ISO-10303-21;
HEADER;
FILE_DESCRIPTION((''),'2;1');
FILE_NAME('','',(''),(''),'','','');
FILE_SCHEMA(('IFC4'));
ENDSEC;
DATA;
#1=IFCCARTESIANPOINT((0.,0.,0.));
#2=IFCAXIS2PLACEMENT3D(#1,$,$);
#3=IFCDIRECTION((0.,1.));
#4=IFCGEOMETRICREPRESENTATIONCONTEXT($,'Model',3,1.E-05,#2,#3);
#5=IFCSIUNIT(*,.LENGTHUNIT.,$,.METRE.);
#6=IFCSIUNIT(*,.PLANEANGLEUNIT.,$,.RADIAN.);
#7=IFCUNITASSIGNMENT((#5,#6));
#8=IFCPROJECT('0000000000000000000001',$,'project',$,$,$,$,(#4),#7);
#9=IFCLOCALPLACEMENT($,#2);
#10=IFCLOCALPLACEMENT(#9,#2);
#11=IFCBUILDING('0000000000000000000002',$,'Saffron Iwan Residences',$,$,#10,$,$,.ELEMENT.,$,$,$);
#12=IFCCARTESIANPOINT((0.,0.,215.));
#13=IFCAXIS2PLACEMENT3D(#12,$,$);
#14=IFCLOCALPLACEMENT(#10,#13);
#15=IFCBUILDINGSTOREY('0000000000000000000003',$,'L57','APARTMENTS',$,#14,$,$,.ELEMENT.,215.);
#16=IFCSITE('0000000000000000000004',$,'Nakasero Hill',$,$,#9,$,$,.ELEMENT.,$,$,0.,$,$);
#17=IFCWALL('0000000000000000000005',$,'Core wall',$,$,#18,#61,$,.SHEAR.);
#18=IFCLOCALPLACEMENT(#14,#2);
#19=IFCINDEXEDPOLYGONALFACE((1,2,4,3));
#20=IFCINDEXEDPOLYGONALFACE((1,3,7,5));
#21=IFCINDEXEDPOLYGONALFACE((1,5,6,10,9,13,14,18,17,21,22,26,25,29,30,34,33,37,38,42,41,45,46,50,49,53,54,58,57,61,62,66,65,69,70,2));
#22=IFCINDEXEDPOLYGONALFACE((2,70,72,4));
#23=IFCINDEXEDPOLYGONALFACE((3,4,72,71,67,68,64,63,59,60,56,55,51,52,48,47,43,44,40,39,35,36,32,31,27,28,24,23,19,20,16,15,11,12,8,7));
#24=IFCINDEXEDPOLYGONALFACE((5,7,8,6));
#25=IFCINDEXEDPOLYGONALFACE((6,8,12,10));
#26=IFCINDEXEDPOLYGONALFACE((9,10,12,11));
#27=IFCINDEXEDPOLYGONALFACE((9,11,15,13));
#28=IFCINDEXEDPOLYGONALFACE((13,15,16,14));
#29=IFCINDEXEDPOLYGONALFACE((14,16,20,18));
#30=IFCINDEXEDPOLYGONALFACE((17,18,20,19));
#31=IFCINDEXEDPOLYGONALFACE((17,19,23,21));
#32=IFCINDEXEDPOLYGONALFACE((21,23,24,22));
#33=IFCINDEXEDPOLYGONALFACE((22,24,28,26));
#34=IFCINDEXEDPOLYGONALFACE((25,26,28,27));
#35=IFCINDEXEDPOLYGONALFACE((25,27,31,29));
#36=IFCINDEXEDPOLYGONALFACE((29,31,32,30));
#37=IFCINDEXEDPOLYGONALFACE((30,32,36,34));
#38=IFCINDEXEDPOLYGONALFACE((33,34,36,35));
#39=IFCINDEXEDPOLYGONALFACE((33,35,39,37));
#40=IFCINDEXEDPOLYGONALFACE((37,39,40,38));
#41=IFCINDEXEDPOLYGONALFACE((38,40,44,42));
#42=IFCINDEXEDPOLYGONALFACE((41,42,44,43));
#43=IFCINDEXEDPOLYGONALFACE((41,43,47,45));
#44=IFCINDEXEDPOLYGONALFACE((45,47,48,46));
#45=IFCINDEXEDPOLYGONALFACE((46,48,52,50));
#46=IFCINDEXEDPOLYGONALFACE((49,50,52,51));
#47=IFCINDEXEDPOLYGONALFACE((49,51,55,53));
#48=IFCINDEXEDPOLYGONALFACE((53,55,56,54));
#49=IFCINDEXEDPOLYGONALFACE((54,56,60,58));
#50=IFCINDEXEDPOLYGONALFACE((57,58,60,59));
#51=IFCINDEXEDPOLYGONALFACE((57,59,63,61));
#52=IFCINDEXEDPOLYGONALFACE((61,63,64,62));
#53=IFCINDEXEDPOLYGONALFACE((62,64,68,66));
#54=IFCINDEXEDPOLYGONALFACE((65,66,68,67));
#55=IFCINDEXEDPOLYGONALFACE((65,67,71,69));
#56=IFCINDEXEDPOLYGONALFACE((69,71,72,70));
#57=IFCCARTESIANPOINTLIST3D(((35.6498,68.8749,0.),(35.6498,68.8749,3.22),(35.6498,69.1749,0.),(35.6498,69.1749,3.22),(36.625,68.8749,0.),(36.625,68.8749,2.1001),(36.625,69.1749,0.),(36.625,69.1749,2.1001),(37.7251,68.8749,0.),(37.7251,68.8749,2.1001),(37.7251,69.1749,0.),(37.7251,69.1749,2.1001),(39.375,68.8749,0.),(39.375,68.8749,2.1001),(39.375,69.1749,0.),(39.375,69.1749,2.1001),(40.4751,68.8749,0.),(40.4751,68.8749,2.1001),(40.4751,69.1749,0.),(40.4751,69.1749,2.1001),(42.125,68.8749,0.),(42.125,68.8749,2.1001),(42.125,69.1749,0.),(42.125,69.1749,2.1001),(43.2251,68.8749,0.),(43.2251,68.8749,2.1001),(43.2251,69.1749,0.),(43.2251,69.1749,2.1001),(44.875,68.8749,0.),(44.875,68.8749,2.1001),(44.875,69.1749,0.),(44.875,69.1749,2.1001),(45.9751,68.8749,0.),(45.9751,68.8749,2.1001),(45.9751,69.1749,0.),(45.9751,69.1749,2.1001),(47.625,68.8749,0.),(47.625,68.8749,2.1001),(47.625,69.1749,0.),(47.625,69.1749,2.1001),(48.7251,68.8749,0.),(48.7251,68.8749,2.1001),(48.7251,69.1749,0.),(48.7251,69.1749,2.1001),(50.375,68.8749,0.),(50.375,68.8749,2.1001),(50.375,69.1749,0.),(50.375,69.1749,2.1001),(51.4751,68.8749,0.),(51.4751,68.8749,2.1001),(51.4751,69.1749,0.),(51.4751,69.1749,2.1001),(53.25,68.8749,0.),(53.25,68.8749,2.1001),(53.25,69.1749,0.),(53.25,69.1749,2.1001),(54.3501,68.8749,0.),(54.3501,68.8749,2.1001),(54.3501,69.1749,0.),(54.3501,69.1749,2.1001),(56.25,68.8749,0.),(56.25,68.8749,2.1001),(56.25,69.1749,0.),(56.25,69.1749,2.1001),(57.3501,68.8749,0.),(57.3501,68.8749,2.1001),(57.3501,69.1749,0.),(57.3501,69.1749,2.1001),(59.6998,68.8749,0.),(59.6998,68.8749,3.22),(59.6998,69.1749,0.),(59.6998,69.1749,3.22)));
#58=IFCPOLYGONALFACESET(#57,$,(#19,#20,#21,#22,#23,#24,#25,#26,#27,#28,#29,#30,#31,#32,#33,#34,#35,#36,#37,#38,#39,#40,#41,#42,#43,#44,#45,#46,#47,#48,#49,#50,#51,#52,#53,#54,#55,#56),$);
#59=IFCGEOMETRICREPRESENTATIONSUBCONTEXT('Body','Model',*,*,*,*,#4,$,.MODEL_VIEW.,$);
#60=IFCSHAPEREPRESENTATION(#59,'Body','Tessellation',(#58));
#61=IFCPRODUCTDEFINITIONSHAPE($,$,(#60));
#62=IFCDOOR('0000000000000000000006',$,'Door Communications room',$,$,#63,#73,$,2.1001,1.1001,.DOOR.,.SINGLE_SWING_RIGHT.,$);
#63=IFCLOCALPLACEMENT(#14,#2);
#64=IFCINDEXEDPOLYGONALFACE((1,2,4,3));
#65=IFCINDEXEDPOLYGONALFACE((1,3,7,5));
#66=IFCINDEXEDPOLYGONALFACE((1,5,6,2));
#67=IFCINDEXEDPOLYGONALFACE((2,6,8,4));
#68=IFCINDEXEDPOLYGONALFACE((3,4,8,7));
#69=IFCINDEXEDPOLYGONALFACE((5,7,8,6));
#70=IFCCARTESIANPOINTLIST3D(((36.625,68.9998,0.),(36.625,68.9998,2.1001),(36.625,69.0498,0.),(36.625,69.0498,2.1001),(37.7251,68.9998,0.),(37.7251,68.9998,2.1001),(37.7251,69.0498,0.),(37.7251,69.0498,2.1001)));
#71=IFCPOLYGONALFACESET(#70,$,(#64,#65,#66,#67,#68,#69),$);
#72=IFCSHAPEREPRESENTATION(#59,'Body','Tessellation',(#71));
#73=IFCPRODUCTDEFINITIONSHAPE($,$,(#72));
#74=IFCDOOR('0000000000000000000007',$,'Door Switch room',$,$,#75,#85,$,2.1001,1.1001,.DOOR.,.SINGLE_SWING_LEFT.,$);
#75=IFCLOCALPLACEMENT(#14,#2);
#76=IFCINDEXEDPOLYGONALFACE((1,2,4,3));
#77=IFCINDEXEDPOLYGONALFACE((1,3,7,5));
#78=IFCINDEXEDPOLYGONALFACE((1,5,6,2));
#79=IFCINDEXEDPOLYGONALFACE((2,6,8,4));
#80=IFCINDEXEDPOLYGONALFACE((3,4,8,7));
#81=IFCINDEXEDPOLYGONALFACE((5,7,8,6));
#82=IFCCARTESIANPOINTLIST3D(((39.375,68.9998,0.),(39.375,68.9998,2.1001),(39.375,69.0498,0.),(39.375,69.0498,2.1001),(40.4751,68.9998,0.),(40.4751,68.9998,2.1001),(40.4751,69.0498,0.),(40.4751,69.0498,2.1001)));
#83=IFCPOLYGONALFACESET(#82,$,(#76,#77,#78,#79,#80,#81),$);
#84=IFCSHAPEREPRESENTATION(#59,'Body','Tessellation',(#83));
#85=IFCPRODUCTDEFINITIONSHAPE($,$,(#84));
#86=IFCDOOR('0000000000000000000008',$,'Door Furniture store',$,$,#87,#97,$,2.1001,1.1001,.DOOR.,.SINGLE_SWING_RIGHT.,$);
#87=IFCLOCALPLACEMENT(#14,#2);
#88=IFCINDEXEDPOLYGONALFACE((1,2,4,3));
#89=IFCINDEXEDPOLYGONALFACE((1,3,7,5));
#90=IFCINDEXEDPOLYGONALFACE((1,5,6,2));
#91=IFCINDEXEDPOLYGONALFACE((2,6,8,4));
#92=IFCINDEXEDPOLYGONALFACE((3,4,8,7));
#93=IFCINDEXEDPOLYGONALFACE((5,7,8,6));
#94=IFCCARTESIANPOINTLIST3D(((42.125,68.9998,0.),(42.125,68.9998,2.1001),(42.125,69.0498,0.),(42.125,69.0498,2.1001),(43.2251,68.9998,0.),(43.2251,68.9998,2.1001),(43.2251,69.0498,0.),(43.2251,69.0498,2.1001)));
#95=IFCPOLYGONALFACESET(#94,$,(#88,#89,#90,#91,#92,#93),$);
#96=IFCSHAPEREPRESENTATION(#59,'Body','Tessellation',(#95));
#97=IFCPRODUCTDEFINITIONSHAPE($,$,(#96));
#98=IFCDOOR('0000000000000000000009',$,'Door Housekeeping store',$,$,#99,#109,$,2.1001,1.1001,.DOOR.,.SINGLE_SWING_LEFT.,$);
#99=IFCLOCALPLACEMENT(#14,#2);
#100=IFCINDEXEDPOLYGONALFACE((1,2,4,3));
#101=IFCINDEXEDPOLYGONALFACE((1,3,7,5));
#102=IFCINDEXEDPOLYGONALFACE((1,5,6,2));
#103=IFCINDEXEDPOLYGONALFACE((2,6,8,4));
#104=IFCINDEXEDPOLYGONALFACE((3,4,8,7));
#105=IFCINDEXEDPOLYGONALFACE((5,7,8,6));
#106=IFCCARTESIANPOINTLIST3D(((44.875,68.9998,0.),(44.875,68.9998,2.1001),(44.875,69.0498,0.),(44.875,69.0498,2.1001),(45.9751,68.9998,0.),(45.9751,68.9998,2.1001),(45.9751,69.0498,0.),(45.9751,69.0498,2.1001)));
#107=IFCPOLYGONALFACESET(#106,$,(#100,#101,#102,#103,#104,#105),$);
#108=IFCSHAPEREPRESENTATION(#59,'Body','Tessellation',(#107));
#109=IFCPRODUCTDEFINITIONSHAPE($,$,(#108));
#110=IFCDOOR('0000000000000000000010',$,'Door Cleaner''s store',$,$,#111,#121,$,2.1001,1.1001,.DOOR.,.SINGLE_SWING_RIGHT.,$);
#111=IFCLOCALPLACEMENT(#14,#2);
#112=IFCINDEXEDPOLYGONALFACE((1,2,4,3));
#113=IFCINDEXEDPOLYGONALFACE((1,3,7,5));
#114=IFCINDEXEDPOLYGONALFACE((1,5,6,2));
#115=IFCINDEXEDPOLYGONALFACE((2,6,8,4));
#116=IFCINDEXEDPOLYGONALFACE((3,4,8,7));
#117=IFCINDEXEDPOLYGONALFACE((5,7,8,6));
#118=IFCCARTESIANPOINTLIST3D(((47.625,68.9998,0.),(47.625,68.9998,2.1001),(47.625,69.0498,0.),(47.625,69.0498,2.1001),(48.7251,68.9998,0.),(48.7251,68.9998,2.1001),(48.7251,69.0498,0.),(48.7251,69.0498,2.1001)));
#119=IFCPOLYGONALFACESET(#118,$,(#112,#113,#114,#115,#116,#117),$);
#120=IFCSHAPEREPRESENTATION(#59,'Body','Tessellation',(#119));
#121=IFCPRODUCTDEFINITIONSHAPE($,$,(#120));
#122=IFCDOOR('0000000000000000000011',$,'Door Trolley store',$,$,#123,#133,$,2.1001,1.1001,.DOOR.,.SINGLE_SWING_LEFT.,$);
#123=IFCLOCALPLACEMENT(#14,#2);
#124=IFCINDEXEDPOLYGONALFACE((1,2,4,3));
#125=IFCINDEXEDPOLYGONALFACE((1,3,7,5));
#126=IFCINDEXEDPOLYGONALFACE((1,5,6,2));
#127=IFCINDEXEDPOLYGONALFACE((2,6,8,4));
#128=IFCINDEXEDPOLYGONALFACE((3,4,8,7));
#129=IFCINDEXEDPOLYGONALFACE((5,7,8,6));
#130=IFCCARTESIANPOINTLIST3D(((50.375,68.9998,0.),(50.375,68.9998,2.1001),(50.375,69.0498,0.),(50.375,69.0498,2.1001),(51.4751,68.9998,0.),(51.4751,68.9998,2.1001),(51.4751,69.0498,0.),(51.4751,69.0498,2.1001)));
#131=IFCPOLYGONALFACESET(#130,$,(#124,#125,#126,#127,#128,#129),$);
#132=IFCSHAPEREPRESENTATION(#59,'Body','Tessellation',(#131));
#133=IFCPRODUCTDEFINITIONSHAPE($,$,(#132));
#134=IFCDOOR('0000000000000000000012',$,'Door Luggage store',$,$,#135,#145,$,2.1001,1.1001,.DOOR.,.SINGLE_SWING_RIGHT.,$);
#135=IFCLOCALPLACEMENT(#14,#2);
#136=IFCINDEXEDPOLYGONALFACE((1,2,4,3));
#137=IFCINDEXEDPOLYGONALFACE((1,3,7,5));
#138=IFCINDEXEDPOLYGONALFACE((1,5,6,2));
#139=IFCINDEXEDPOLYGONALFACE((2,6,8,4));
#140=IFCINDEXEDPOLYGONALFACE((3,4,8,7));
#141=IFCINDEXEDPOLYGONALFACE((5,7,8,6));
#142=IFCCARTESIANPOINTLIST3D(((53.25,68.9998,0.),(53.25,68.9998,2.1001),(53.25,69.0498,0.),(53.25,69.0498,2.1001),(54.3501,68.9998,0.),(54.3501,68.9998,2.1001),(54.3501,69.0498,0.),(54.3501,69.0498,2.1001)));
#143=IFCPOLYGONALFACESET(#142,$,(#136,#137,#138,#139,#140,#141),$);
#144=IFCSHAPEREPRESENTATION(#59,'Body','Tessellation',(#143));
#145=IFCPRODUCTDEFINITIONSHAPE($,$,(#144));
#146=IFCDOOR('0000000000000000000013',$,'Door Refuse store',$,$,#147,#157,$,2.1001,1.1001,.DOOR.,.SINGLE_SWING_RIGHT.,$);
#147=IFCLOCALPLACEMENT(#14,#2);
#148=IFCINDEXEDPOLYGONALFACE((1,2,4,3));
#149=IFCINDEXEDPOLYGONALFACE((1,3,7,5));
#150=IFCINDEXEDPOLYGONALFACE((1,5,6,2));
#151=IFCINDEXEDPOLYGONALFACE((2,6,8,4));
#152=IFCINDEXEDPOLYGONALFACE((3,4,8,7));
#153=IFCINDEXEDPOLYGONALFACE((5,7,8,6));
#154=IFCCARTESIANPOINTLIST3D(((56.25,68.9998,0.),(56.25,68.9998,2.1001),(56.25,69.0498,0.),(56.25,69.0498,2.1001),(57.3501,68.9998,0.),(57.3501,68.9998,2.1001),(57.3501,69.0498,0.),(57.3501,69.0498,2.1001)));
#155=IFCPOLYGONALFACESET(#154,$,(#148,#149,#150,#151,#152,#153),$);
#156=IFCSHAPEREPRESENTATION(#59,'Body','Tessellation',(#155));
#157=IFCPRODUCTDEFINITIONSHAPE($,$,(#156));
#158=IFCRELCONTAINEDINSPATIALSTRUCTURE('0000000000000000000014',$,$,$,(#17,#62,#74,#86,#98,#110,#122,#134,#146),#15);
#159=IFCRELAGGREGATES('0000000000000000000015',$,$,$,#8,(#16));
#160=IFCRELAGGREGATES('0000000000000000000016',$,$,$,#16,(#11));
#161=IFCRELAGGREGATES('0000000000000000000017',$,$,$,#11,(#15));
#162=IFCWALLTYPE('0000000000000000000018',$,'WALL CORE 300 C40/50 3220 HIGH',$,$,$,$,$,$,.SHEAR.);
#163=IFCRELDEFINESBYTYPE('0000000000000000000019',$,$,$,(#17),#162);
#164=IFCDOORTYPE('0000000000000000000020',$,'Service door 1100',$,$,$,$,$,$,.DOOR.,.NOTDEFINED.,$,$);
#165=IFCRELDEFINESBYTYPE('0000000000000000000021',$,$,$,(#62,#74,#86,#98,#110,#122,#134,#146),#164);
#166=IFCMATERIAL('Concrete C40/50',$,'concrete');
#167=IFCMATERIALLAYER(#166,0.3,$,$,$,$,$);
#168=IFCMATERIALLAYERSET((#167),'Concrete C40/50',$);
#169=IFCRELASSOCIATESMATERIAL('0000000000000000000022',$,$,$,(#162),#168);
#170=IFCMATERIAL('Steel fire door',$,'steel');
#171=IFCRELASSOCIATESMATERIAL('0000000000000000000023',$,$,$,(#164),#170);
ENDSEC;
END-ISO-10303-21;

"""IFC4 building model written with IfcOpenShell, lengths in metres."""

from ifc_helpers import new_model, si_unit, direction, frame, frame_2d, origin, place, context, subcontext, project, spatial, rectangle, extrude, material, layer, layer_set, type_object, element, fill, save


model = new_model("IFC4")

# Units and contexts
model_context = context("Model", 3, precision=1e-05, world=origin(), true_north=direction((0.0, 1.0)))
body_context = subcontext(model_context, "Body", "Model", "MODEL_VIEW")
ifc_project = project(units=[si_unit("LENGTHUNIT", "METRE"), si_unit("PLANEANGLEUNIT", "RADIAN")], contexts=[model_context])

# Site, building, storey
site_placement = place(None, origin())
site = spatial("IfcSite", under=ifc_project, at=site_placement, Name="Nakasero Hill", CompositionType="ELEMENT", RefElevation=0.0)
building_placement = place(site_placement, origin())
building = spatial("IfcBuilding", under=site, at=building_placement, Name="Saffron Iwan Residences", CompositionType="ELEMENT")
storey_placement = place(building_placement, frame((0.0, 0.0, 215.0)))
storey = spatial("IfcBuildingStorey", under=building, at=storey_placement, Name="L57", Description="APARTMENTS", CompositionType="ELEMENT", Elevation=215.0)

# Shared definitions
ifc_material_1 = material(Name="Concrete C40/50", Category="concrete")

# Wall, openings, doors
ifc_layer_1 = layer(ifc_material_1, 0.3)
ifc_layer_set_1 = layer_set([ifc_layer_1], Name="Concrete C40/50")
wall_type_1 = type_object("IfcWallType", Name="WALL CORE 300 C40/50 3220 HIGH", PredefinedType="SHEAR", material=ifc_layer_set_1)
wall_1_placement = place(storey_placement, frame((35.6499, 69.0249, 0.0), z_axis=(0.0, 0.0, 1.0), x_axis=(1.0, 0.0, 0.0)))
wall_1 = element("IfcWall", 1, at=wall_1_placement, inside=storey, type_object=wall_type_1, Name="Core wall", PredefinedType="SHEAR", context=body_context, shape_type="SweptSolid", body=[
    extrude(rectangle(XDim=24.05, YDim=0.3, at=frame_2d((12.0249, 0.0))), origin(), (0.0, 0.0, 1.0), 3.22),
])
opening_1_placement = place(wall_1_placement, frame((0.9751, 0.0, 0.0)))
opening_1 = element("IfcOpeningElement", 2, at=opening_1_placement, cuts=wall_1, PredefinedType="OPENING", context=body_context, shape_type="SweptSolid", body=[
    extrude(rectangle(XDim=1.1001, YDim=2.1001, at=frame_2d((0.55, 1.05))), frame((0.0, 0.1602, 0.0), z_axis=(0.0, -1.0, 0.0), x_axis=(1.0, 0.0, 0.0)), (0.0, 0.0, 1.0), 0.3201),
])
opening_2_placement = place(wall_1_placement, frame((3.7251, 0.0, 0.0)))
opening_2 = element("IfcOpeningElement", 3, at=opening_2_placement, cuts=wall_1, PredefinedType="OPENING", context=body_context, shape_type="SweptSolid", body=[
    extrude(rectangle(XDim=1.1001, YDim=2.1001, at=frame_2d((0.55, 1.05))), frame((0.0, 0.1602, 0.0), z_axis=(0.0, -1.0, 0.0), x_axis=(1.0, 0.0, 0.0)), (0.0, 0.0, 1.0), 0.3201),
])
opening_3_placement = place(wall_1_placement, frame((6.4751, 0.0, 0.0)))
opening_3 = element("IfcOpeningElement", 4, at=opening_3_placement, cuts=wall_1, PredefinedType="OPENING", context=body_context, shape_type="SweptSolid", body=[
    extrude(rectangle(XDim=1.1001, YDim=2.1001, at=frame_2d((0.55, 1.05))), frame((0.0, 0.1602, 0.0), z_axis=(0.0, -1.0, 0.0), x_axis=(1.0, 0.0, 0.0)), (0.0, 0.0, 1.0), 0.3201),
])
opening_4_placement = place(wall_1_placement, frame((9.2251, 0.0, 0.0)))
opening_4 = element("IfcOpeningElement", 5, at=opening_4_placement, cuts=wall_1, PredefinedType="OPENING", context=body_context, shape_type="SweptSolid", body=[
    extrude(rectangle(XDim=1.1001, YDim=2.1001, at=frame_2d((0.55, 1.05))), frame((0.0, 0.1602, 0.0), z_axis=(0.0, -1.0, 0.0), x_axis=(1.0, 0.0, 0.0)), (0.0, 0.0, 1.0), 0.3201),
])
opening_5_placement = place(wall_1_placement, frame((11.9751, 0.0, 0.0)))
opening_5 = element("IfcOpeningElement", 6, at=opening_5_placement, cuts=wall_1, PredefinedType="OPENING", context=body_context, shape_type="SweptSolid", body=[
    extrude(rectangle(XDim=1.1001, YDim=2.1001, at=frame_2d((0.55, 1.05))), frame((0.0, 0.1602, 0.0), z_axis=(0.0, -1.0, 0.0), x_axis=(1.0, 0.0, 0.0)), (0.0, 0.0, 1.0), 0.3201),
])
opening_6_placement = place(wall_1_placement, frame((14.7251, 0.0, 0.0)))
opening_6 = element("IfcOpeningElement", 7, at=opening_6_placement, cuts=wall_1, PredefinedType="OPENING", context=body_context, shape_type="SweptSolid", body=[
    extrude(rectangle(XDim=1.1001, YDim=2.1001, at=frame_2d((0.55, 1.05))), frame((0.0, 0.1602, 0.0), z_axis=(0.0, -1.0, 0.0), x_axis=(1.0, 0.0, 0.0)), (0.0, 0.0, 1.0), 0.3201),
])
opening_7_placement = place(wall_1_placement, frame((17.6001, 0.0, 0.0)))
opening_7 = element("IfcOpeningElement", 8, at=opening_7_placement, cuts=wall_1, PredefinedType="OPENING", context=body_context, shape_type="SweptSolid", body=[
    extrude(rectangle(XDim=1.1001, YDim=2.1001, at=frame_2d((0.55, 1.05))), frame((0.0, 0.1602, 0.0), z_axis=(0.0, -1.0, 0.0), x_axis=(1.0, 0.0, 0.0)), (0.0, 0.0, 1.0), 0.3201),
])
opening_8_placement = place(wall_1_placement, frame((20.6001, 0.0, 0.0)))
opening_8 = element("IfcOpeningElement", 9, at=opening_8_placement, cuts=wall_1, PredefinedType="OPENING", context=body_context, shape_type="SweptSolid", body=[
    extrude(rectangle(XDim=1.1001, YDim=2.1001, at=frame_2d((0.55, 1.05))), frame((0.0, 0.1602, 0.0), z_axis=(0.0, -1.0, 0.0), x_axis=(1.0, 0.0, 0.0)), (0.0, 0.0, 1.0), 0.3201),
])
ifc_material_2 = material(Name="Steel fire door", Category="steel")
door_type = type_object("IfcDoorType", Name="Service door 1100", OperationType="NOTDEFINED", PredefinedType="DOOR", material=ifc_material_2)
door_1_placement = place(opening_1_placement, origin())
door_1 = element("IfcDoor", 10, at=door_1_placement, inside=storey, type_object=door_type, Name="Door Communications room", OperationType="SINGLE_SWING_RIGHT", OverallHeight=2.1001, OverallWidth=1.1001, PredefinedType="DOOR", context=body_context, shape_type="SweptSolid", body=[
    extrude(rectangle(XDim=1.1001, YDim=2.1001, at=frame_2d((0.55, 1.05))), frame((0.0, 0.0249, 0.0), z_axis=(0.0, -1.0, 0.0), x_axis=(1.0, 0.0, 0.0)), (0.0, 0.0, 1.0), 0.05),
])
fill(opening_1, door_1)
door_2_placement = place(opening_2_placement, origin())
door_2 = element("IfcDoor", 11, at=door_2_placement, inside=storey, type_object=door_type, Name="Door Switch room", OperationType="SINGLE_SWING_LEFT", OverallHeight=2.1001, OverallWidth=1.1001, PredefinedType="DOOR", context=body_context, shape_type="SweptSolid", body=[
    extrude(rectangle(XDim=1.1001, YDim=2.1001, at=frame_2d((0.55, 1.05))), frame((0.0, 0.0249, 0.0), z_axis=(0.0, -1.0, 0.0), x_axis=(1.0, 0.0, 0.0)), (0.0, 0.0, 1.0), 0.05),
])
fill(opening_2, door_2)
door_3_placement = place(opening_3_placement, origin())
door_3 = element("IfcDoor", 12, at=door_3_placement, inside=storey, type_object=door_type, Name="Door Furniture store", OperationType="SINGLE_SWING_RIGHT", OverallHeight=2.1001, OverallWidth=1.1001, PredefinedType="DOOR", context=body_context, shape_type="SweptSolid", body=[
    extrude(rectangle(XDim=1.1001, YDim=2.1001, at=frame_2d((0.55, 1.05))), frame((0.0, 0.0249, 0.0), z_axis=(0.0, -1.0, 0.0), x_axis=(1.0, 0.0, 0.0)), (0.0, 0.0, 1.0), 0.05),
])
fill(opening_3, door_3)
door_4_placement = place(opening_4_placement, origin())
door_4 = element("IfcDoor", 13, at=door_4_placement, inside=storey, type_object=door_type, Name="Door Housekeeping store", OperationType="SINGLE_SWING_LEFT", OverallHeight=2.1001, OverallWidth=1.1001, PredefinedType="DOOR", context=body_context, shape_type="SweptSolid", body=[
    extrude(rectangle(XDim=1.1001, YDim=2.1001, at=frame_2d((0.55, 1.05))), frame((0.0, 0.0249, 0.0), z_axis=(0.0, -1.0, 0.0), x_axis=(1.0, 0.0, 0.0)), (0.0, 0.0, 1.0), 0.05),
])
fill(opening_4, door_4)
door_5_placement = place(opening_5_placement, origin())
door_5 = element("IfcDoor", 14, at=door_5_placement, inside=storey, type_object=door_type, Name="Door Cleaner's store", OperationType="SINGLE_SWING_RIGHT", OverallHeight=2.1001, OverallWidth=1.1001, PredefinedType="DOOR", context=body_context, shape_type="SweptSolid", body=[
    extrude(rectangle(XDim=1.1001, YDim=2.1001, at=frame_2d((0.55, 1.05))), frame((0.0, 0.0249, 0.0), z_axis=(0.0, -1.0, 0.0), x_axis=(1.0, 0.0, 0.0)), (0.0, 0.0, 1.0), 0.05),
])
fill(opening_5, door_5)
door_6_placement = place(opening_6_placement, origin())
door_6 = element("IfcDoor", 15, at=door_6_placement, inside=storey, type_object=door_type, Name="Door Trolley store", OperationType="SINGLE_SWING_LEFT", OverallHeight=2.1001, OverallWidth=1.1001, PredefinedType="DOOR", context=body_context, shape_type="SweptSolid", body=[
    extrude(rectangle(XDim=1.1001, YDim=2.1001, at=frame_2d((0.55, 1.05))), frame((0.0, 0.0249, 0.0), z_axis=(0.0, -1.0, 0.0), x_axis=(1.0, 0.0, 0.0)), (0.0, 0.0, 1.0), 0.05),
])
fill(opening_6, door_6)
door_7_placement = place(opening_7_placement, origin())
door_7 = element("IfcDoor", 16, at=door_7_placement, inside=storey, type_object=door_type, Name="Door Luggage store", OperationType="SINGLE_SWING_RIGHT", OverallHeight=2.1001, OverallWidth=1.1001, PredefinedType="DOOR", context=body_context, shape_type="SweptSolid", body=[
    extrude(rectangle(XDim=1.1001, YDim=2.1001, at=frame_2d((0.55, 1.05))), frame((0.0, 0.0249, 0.0), z_axis=(0.0, -1.0, 0.0), x_axis=(1.0, 0.0, 0.0)), (0.0, 0.0, 1.0), 0.05),
])
fill(opening_7, door_7)
door_8_placement = place(opening_8_placement, origin())
door_8 = element("IfcDoor", 17, at=door_8_placement, inside=storey, type_object=door_type, Name="Door Refuse store", OperationType="SINGLE_SWING_RIGHT", OverallHeight=2.1001, OverallWidth=1.1001, PredefinedType="DOOR", context=body_context, shape_type="SweptSolid", body=[
    extrude(rectangle(XDim=1.1001, YDim=2.1001, at=frame_2d((0.55, 1.05))), frame((0.0, 0.0249, 0.0), z_axis=(0.0, -1.0, 0.0), x_axis=(1.0, 0.0, 0.0)), (0.0, 0.0, 1.0), 0.05),
])
fill(opening_8, door_8)

save(model, "model.ifc")
